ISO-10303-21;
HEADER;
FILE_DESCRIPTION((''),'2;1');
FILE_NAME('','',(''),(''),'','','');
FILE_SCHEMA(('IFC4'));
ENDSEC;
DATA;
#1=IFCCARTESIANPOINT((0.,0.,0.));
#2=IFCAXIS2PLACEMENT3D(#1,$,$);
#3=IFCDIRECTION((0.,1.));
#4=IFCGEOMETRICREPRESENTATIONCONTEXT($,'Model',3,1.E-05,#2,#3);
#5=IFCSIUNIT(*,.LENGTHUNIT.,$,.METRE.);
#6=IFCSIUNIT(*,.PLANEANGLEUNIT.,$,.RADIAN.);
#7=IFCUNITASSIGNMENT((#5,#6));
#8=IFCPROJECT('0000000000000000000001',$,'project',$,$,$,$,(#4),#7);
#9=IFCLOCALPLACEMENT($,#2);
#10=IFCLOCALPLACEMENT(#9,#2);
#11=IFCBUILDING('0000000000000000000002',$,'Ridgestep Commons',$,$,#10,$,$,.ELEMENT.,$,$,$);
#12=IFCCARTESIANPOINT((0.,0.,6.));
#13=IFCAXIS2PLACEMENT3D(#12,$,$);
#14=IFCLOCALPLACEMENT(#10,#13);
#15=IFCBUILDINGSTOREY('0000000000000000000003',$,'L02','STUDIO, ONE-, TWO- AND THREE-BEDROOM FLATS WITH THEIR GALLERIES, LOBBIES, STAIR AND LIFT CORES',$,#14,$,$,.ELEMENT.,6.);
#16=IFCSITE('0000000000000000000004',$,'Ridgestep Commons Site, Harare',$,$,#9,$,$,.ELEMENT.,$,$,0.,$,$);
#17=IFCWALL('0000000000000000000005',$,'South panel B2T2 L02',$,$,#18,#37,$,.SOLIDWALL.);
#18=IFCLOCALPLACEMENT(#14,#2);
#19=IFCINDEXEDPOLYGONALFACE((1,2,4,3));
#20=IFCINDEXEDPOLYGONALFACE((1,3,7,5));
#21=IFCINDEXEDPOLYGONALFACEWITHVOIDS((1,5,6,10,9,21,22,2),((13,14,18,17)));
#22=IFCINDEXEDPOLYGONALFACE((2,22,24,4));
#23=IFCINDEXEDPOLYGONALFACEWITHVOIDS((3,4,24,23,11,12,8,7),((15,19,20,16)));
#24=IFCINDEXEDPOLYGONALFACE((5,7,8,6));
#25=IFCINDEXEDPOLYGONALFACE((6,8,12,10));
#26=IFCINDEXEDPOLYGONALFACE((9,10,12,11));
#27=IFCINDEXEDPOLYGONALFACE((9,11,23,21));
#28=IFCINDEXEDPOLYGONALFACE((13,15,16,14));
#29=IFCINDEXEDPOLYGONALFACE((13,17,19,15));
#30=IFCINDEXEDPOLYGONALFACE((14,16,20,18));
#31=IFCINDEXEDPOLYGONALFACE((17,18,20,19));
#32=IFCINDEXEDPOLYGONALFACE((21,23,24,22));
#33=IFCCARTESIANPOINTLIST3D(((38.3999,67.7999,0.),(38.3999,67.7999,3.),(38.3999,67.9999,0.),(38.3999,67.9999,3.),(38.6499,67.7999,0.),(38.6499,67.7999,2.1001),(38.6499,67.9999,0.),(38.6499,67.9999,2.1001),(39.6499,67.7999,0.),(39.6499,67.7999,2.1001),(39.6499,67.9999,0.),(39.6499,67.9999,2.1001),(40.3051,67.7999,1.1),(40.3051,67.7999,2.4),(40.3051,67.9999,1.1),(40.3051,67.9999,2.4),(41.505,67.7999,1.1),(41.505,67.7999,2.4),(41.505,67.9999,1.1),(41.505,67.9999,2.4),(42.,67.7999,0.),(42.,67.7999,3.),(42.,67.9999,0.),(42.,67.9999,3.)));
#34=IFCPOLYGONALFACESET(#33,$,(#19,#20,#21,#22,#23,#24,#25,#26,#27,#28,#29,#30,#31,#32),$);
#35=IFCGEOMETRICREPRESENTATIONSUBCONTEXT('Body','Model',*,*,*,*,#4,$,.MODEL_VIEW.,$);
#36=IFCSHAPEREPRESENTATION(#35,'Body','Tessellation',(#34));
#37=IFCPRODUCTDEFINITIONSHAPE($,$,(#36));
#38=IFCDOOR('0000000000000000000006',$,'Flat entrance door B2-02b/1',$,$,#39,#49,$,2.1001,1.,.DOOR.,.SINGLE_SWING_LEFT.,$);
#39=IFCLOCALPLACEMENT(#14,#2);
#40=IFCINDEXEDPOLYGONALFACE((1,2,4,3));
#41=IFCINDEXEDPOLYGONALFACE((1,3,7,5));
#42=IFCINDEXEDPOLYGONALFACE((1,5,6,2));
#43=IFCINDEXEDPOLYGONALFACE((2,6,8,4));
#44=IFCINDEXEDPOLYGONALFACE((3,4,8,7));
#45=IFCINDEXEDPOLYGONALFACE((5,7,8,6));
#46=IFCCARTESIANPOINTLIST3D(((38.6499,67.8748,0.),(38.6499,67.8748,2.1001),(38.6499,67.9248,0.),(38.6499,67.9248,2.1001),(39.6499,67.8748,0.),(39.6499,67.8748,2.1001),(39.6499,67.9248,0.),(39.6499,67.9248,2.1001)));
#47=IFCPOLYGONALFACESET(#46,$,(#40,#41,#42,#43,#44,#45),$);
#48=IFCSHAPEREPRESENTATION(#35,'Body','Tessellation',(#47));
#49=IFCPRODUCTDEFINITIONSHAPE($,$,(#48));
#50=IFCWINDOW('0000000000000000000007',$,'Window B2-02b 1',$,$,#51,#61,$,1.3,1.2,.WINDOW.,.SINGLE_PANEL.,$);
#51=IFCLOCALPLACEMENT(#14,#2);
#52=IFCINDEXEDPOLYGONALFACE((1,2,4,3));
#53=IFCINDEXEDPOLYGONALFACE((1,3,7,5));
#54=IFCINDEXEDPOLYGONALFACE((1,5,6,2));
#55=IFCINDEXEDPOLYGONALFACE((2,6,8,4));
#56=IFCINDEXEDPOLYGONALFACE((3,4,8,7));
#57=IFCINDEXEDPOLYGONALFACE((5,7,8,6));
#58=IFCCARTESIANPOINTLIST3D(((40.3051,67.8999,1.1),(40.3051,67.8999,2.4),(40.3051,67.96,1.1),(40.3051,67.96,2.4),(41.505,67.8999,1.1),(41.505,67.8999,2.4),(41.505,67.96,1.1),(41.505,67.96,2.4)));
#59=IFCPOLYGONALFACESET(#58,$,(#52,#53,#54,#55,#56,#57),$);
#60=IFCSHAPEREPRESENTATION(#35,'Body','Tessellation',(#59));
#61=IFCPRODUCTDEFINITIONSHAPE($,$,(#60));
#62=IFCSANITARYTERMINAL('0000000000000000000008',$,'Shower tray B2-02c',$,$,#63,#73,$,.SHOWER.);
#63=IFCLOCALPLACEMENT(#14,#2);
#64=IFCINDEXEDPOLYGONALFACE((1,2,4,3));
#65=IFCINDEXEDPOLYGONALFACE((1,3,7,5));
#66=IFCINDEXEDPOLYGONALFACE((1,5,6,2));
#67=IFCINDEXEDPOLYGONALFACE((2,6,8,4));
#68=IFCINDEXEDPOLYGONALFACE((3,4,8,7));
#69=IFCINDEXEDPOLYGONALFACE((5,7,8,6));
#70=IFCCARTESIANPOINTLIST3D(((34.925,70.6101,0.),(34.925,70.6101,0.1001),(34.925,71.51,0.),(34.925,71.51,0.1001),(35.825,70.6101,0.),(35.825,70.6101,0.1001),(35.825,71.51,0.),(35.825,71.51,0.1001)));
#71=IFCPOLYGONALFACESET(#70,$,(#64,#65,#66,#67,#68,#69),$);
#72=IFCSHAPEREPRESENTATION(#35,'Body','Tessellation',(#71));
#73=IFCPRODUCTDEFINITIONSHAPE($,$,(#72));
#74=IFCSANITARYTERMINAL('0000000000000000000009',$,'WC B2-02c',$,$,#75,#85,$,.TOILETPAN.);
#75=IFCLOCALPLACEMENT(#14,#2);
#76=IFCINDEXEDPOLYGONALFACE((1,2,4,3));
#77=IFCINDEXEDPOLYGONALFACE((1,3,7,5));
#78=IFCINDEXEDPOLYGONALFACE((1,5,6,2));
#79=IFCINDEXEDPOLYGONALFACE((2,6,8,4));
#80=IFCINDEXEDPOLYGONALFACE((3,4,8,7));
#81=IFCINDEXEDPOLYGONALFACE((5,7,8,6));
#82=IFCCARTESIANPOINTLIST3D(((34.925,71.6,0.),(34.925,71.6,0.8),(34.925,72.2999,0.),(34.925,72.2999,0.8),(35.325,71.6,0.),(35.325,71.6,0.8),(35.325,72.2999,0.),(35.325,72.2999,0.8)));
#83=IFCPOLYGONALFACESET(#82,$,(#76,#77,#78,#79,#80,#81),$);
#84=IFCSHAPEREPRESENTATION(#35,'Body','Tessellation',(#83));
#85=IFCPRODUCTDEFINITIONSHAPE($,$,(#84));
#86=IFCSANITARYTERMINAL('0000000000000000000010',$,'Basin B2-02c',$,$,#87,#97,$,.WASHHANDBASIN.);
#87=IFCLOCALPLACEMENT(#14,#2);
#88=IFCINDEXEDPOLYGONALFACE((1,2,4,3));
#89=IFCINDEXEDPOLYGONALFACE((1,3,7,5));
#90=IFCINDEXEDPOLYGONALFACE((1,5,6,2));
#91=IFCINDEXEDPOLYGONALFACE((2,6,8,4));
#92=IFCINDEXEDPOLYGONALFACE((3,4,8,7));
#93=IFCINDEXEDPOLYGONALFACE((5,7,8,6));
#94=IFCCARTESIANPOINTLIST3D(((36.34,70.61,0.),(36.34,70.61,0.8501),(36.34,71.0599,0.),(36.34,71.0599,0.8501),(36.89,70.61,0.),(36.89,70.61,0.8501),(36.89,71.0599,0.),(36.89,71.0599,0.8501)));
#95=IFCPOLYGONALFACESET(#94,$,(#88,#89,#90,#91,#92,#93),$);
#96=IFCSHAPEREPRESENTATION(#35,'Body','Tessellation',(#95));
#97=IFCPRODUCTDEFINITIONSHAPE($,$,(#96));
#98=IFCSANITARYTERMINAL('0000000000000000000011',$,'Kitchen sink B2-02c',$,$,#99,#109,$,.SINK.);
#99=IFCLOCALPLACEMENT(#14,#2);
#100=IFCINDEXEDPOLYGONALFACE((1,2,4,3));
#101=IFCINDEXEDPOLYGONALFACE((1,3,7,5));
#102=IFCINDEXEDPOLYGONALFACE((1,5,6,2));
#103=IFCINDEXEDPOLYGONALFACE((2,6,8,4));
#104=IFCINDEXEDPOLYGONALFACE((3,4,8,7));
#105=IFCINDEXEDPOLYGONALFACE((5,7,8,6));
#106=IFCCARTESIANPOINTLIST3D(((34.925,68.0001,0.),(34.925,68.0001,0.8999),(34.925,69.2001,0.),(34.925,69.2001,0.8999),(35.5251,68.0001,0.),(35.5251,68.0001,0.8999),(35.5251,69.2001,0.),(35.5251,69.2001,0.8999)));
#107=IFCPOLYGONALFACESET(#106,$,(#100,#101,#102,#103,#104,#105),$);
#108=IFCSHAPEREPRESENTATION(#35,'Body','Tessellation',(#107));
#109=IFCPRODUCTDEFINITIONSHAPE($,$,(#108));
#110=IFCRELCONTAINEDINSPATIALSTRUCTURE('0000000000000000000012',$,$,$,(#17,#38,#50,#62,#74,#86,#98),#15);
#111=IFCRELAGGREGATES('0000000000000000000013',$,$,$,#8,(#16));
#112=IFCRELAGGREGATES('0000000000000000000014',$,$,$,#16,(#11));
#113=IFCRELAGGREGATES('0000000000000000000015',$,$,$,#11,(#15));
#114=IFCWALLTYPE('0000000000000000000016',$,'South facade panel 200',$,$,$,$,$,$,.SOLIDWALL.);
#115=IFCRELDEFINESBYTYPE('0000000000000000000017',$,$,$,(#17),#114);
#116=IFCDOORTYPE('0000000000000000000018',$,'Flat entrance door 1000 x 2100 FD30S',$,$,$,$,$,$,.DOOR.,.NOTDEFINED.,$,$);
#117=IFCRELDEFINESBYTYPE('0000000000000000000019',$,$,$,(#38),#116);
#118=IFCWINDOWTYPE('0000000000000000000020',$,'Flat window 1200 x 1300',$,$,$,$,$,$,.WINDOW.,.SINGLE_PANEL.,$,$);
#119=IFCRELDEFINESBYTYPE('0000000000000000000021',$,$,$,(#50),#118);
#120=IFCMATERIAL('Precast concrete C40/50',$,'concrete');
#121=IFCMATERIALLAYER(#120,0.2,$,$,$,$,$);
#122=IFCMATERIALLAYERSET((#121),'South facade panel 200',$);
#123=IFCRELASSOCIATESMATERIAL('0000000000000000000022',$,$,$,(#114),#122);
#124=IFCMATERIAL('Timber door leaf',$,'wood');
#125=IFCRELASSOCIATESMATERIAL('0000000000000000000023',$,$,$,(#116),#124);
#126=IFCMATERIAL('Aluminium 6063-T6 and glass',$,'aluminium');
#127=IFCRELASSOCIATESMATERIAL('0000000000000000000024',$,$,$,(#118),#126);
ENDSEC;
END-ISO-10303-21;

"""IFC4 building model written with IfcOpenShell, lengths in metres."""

from ifc_helpers import new_model, si_unit, direction, frame, frame_2d, origin, origin_2d, place, context, subcontext, project, spatial, rectangle, extrude, material, layer, layer_set, type_object, element, fill, save


model = new_model("IFC4")

# Units and contexts
model_context = context("Model", 3, precision=1e-05, world=origin(), true_north=direction((0.0, 1.0)))
body_context = subcontext(model_context, "Body", "Model", "MODEL_VIEW")
ifc_project = project(units=[si_unit("LENGTHUNIT", "METRE"), si_unit("PLANEANGLEUNIT", "RADIAN")], contexts=[model_context])

# Site, building, storey
site_placement = place(None, origin())
site = spatial("IfcSite", under=ifc_project, at=site_placement, Name="Ridgestep Commons Site, Harare", CompositionType="ELEMENT", RefElevation=0.0)
building_placement = place(site_placement, origin())
building = spatial("IfcBuilding", under=site, at=building_placement, Name="Ridgestep Commons", CompositionType="ELEMENT")
storey_placement = place(building_placement, frame((0.0, 0.0, 6.0)))
storey = spatial("IfcBuildingStorey", under=building, at=storey_placement, Name="L02", Description="STUDIO, ONE-, TWO- AND THREE-BEDROOM FLATS WITH THEIR GALLERIES, LOBBIES, STAIR AND LIFT CORES", CompositionType="ELEMENT", Elevation=6.0)

# Wall, openings, door, window
ifc_material_1 = material(Name="Precast concrete C40/50", Category="concrete")
ifc_layer_1 = layer(ifc_material_1, 0.2)
ifc_layer_set_1 = layer_set([ifc_layer_1], Name="South facade panel 200")
wall_type_1 = type_object("IfcWallType", Name="South facade panel 200", PredefinedType="SOLIDWALL", material=ifc_layer_set_1)
wall_1_placement = place(storey_placement, frame((38.3999, 67.8999, 0.0), z_axis=(0.0, 0.0, 1.0), x_axis=(1.0, 0.0, 0.0)))
wall_1 = element("IfcWall", 1, at=wall_1_placement, inside=storey, type_object=wall_type_1, Name="South panel B2T2 L02", PredefinedType="SOLIDWALL", context=body_context, shape_type="SweptSolid", body=[
    extrude(rectangle(XDim=3.6001, YDim=0.2, at=frame_2d((1.8, 0.0))), origin(), (0.0, 0.0, 1.0), 3.0),
])
opening_1_placement = place(wall_1_placement, frame((1.905, 0.0, 1.1001)))
opening_1 = element("IfcOpeningElement", 2, at=opening_1_placement, cuts=wall_1, PredefinedType="OPENING", context=body_context, shape_type="SweptSolid", body=[
    extrude(rectangle(XDim=1.2, YDim=1.3, at=frame_2d((0.6001, 0.6499))), frame((0.0, 0.1099, 0.0), z_axis=(0.0, -1.0, 0.0), x_axis=(1.0, 0.0, 0.0)), (0.0, 0.0, 1.0), 0.22),
])
opening_2_placement = place(wall_1_placement, frame((0.25, 0.0, 0.0)))
opening_2 = element("IfcOpeningElement", 3, at=opening_2_placement, cuts=wall_1, PredefinedType="OPENING", context=body_context, shape_type="SweptSolid", body=[
    extrude(rectangle(XDim=1.0, YDim=2.1001, at=frame_2d((0.5, 1.05))), frame((0.0, 0.1099, 0.0), z_axis=(0.0, -1.0, 0.0), x_axis=(1.0, 0.0, 0.0)), (0.0, 0.0, 1.0), 0.22),
])
ifc_material_2 = material(Name="Timber door leaf", Category="wood")
door_type_1 = type_object("IfcDoorType", Name="Flat entrance door 1000 x 2100 FD30S", OperationType="NOTDEFINED", PredefinedType="DOOR", material=ifc_material_2)
door_1_placement = place(opening_2_placement, origin())
door_1 = element("IfcDoor", 4, at=door_1_placement, inside=storey, type_object=door_type_1, Name="Flat entrance door B2-02b/1", OperationType="SINGLE_SWING_LEFT", OverallHeight=2.1001, OverallWidth=1.0, PredefinedType="DOOR", context=body_context, shape_type="SweptSolid", body=[
    extrude(rectangle(XDim=1.0, YDim=2.1001, at=frame_2d((0.5, 1.05))), frame((0.0, 0.0249, 0.0), z_axis=(0.0, -1.0, 0.0), x_axis=(1.0, 0.0, 0.0)), (0.0, 0.0, 1.0), 0.05),
])
fill(opening_2, door_1)
ifc_material_3 = material(Name="Aluminium 6063-T6 and glass", Category="aluminium")
window_type = type_object("IfcWindowType", Name="Flat window 1200 x 1300", PartitioningType="SINGLE_PANEL", PredefinedType="WINDOW", material=ifc_material_3)
window_placement = place(opening_1_placement, origin())
window = element("IfcWindow", 5, at=window_placement, inside=storey, type_object=window_type, Name="Window B2-02b 1", OverallHeight=1.3, OverallWidth=1.2, PartitioningType="SINGLE_PANEL", PredefinedType="WINDOW", context=body_context, shape_type="SweptSolid", body=[
    extrude(rectangle(XDim=1.2, YDim=1.3, at=frame_2d((0.6001, 0.6499))), frame((0.0, 0.0601, 0.0), z_axis=(0.0, -1.0, 0.0), x_axis=(1.0, 0.0, 0.0)), (0.0, 0.0, 1.0), 0.0601),
])
fill(opening_1, window)

# Sanitary terminals
sanitary_terminal_1_placement = place(storey_placement, frame((35.375, 71.0601, 0.0), z_axis=(0.0, 0.0, 1.0), x_axis=(1.0, 0.0, 0.0)))
element("IfcSanitaryTerminal", 6, at=sanitary_terminal_1_placement, inside=storey, Name="Shower tray B2-02c", PredefinedType="SHOWER", context=body_context, shape_type="SweptSolid", body=[
    extrude(rectangle(XDim=0.8999, YDim=0.8999, at=origin_2d()), origin(), (0.0, 0.0, 1.0), 0.1001),
])
sanitary_terminal_2_placement = place(storey_placement, frame((35.125, 71.95, 0.0), z_axis=(0.0, 0.0, 1.0), x_axis=(1.0, 0.0, 0.0)))
element("IfcSanitaryTerminal", 7, at=sanitary_terminal_2_placement, inside=storey, Name="WC B2-02c", PredefinedType="TOILETPAN", context=body_context, shape_type="SweptSolid", body=[
    extrude(rectangle(XDim=0.3999, YDim=0.7, at=origin_2d()), origin(), (0.0, 0.0, 1.0), 0.8),
])
sanitary_terminal_3_placement = place(storey_placement, frame((36.615, 70.835, 0.0), z_axis=(0.0, 0.0, 1.0), x_axis=(1.0, 0.0, 0.0)))
element("IfcSanitaryTerminal", 8, at=sanitary_terminal_3_placement, inside=storey, Name="Basin B2-02c", PredefinedType="WASHHANDBASIN", context=body_context, shape_type="SweptSolid", body=[
    extrude(rectangle(XDim=0.55, YDim=0.45, at=origin_2d()), origin(), (0.0, 0.0, 1.0), 0.8501),
])
sanitary_terminal_4_placement = place(storey_placement, frame((35.2251, 68.6001, 0.0), z_axis=(0.0, 0.0, 1.0), x_axis=(1.0, 0.0, 0.0)))
element("IfcSanitaryTerminal", 9, at=sanitary_terminal_4_placement, inside=storey, Name="Kitchen sink B2-02c", PredefinedType="SINK", context=body_context, shape_type="SweptSolid", body=[
    extrude(rectangle(XDim=0.6001, YDim=1.2, at=origin_2d()), origin(), (0.0, 0.0, 1.0), 0.8999),
])

save(model, "model.ifc")
